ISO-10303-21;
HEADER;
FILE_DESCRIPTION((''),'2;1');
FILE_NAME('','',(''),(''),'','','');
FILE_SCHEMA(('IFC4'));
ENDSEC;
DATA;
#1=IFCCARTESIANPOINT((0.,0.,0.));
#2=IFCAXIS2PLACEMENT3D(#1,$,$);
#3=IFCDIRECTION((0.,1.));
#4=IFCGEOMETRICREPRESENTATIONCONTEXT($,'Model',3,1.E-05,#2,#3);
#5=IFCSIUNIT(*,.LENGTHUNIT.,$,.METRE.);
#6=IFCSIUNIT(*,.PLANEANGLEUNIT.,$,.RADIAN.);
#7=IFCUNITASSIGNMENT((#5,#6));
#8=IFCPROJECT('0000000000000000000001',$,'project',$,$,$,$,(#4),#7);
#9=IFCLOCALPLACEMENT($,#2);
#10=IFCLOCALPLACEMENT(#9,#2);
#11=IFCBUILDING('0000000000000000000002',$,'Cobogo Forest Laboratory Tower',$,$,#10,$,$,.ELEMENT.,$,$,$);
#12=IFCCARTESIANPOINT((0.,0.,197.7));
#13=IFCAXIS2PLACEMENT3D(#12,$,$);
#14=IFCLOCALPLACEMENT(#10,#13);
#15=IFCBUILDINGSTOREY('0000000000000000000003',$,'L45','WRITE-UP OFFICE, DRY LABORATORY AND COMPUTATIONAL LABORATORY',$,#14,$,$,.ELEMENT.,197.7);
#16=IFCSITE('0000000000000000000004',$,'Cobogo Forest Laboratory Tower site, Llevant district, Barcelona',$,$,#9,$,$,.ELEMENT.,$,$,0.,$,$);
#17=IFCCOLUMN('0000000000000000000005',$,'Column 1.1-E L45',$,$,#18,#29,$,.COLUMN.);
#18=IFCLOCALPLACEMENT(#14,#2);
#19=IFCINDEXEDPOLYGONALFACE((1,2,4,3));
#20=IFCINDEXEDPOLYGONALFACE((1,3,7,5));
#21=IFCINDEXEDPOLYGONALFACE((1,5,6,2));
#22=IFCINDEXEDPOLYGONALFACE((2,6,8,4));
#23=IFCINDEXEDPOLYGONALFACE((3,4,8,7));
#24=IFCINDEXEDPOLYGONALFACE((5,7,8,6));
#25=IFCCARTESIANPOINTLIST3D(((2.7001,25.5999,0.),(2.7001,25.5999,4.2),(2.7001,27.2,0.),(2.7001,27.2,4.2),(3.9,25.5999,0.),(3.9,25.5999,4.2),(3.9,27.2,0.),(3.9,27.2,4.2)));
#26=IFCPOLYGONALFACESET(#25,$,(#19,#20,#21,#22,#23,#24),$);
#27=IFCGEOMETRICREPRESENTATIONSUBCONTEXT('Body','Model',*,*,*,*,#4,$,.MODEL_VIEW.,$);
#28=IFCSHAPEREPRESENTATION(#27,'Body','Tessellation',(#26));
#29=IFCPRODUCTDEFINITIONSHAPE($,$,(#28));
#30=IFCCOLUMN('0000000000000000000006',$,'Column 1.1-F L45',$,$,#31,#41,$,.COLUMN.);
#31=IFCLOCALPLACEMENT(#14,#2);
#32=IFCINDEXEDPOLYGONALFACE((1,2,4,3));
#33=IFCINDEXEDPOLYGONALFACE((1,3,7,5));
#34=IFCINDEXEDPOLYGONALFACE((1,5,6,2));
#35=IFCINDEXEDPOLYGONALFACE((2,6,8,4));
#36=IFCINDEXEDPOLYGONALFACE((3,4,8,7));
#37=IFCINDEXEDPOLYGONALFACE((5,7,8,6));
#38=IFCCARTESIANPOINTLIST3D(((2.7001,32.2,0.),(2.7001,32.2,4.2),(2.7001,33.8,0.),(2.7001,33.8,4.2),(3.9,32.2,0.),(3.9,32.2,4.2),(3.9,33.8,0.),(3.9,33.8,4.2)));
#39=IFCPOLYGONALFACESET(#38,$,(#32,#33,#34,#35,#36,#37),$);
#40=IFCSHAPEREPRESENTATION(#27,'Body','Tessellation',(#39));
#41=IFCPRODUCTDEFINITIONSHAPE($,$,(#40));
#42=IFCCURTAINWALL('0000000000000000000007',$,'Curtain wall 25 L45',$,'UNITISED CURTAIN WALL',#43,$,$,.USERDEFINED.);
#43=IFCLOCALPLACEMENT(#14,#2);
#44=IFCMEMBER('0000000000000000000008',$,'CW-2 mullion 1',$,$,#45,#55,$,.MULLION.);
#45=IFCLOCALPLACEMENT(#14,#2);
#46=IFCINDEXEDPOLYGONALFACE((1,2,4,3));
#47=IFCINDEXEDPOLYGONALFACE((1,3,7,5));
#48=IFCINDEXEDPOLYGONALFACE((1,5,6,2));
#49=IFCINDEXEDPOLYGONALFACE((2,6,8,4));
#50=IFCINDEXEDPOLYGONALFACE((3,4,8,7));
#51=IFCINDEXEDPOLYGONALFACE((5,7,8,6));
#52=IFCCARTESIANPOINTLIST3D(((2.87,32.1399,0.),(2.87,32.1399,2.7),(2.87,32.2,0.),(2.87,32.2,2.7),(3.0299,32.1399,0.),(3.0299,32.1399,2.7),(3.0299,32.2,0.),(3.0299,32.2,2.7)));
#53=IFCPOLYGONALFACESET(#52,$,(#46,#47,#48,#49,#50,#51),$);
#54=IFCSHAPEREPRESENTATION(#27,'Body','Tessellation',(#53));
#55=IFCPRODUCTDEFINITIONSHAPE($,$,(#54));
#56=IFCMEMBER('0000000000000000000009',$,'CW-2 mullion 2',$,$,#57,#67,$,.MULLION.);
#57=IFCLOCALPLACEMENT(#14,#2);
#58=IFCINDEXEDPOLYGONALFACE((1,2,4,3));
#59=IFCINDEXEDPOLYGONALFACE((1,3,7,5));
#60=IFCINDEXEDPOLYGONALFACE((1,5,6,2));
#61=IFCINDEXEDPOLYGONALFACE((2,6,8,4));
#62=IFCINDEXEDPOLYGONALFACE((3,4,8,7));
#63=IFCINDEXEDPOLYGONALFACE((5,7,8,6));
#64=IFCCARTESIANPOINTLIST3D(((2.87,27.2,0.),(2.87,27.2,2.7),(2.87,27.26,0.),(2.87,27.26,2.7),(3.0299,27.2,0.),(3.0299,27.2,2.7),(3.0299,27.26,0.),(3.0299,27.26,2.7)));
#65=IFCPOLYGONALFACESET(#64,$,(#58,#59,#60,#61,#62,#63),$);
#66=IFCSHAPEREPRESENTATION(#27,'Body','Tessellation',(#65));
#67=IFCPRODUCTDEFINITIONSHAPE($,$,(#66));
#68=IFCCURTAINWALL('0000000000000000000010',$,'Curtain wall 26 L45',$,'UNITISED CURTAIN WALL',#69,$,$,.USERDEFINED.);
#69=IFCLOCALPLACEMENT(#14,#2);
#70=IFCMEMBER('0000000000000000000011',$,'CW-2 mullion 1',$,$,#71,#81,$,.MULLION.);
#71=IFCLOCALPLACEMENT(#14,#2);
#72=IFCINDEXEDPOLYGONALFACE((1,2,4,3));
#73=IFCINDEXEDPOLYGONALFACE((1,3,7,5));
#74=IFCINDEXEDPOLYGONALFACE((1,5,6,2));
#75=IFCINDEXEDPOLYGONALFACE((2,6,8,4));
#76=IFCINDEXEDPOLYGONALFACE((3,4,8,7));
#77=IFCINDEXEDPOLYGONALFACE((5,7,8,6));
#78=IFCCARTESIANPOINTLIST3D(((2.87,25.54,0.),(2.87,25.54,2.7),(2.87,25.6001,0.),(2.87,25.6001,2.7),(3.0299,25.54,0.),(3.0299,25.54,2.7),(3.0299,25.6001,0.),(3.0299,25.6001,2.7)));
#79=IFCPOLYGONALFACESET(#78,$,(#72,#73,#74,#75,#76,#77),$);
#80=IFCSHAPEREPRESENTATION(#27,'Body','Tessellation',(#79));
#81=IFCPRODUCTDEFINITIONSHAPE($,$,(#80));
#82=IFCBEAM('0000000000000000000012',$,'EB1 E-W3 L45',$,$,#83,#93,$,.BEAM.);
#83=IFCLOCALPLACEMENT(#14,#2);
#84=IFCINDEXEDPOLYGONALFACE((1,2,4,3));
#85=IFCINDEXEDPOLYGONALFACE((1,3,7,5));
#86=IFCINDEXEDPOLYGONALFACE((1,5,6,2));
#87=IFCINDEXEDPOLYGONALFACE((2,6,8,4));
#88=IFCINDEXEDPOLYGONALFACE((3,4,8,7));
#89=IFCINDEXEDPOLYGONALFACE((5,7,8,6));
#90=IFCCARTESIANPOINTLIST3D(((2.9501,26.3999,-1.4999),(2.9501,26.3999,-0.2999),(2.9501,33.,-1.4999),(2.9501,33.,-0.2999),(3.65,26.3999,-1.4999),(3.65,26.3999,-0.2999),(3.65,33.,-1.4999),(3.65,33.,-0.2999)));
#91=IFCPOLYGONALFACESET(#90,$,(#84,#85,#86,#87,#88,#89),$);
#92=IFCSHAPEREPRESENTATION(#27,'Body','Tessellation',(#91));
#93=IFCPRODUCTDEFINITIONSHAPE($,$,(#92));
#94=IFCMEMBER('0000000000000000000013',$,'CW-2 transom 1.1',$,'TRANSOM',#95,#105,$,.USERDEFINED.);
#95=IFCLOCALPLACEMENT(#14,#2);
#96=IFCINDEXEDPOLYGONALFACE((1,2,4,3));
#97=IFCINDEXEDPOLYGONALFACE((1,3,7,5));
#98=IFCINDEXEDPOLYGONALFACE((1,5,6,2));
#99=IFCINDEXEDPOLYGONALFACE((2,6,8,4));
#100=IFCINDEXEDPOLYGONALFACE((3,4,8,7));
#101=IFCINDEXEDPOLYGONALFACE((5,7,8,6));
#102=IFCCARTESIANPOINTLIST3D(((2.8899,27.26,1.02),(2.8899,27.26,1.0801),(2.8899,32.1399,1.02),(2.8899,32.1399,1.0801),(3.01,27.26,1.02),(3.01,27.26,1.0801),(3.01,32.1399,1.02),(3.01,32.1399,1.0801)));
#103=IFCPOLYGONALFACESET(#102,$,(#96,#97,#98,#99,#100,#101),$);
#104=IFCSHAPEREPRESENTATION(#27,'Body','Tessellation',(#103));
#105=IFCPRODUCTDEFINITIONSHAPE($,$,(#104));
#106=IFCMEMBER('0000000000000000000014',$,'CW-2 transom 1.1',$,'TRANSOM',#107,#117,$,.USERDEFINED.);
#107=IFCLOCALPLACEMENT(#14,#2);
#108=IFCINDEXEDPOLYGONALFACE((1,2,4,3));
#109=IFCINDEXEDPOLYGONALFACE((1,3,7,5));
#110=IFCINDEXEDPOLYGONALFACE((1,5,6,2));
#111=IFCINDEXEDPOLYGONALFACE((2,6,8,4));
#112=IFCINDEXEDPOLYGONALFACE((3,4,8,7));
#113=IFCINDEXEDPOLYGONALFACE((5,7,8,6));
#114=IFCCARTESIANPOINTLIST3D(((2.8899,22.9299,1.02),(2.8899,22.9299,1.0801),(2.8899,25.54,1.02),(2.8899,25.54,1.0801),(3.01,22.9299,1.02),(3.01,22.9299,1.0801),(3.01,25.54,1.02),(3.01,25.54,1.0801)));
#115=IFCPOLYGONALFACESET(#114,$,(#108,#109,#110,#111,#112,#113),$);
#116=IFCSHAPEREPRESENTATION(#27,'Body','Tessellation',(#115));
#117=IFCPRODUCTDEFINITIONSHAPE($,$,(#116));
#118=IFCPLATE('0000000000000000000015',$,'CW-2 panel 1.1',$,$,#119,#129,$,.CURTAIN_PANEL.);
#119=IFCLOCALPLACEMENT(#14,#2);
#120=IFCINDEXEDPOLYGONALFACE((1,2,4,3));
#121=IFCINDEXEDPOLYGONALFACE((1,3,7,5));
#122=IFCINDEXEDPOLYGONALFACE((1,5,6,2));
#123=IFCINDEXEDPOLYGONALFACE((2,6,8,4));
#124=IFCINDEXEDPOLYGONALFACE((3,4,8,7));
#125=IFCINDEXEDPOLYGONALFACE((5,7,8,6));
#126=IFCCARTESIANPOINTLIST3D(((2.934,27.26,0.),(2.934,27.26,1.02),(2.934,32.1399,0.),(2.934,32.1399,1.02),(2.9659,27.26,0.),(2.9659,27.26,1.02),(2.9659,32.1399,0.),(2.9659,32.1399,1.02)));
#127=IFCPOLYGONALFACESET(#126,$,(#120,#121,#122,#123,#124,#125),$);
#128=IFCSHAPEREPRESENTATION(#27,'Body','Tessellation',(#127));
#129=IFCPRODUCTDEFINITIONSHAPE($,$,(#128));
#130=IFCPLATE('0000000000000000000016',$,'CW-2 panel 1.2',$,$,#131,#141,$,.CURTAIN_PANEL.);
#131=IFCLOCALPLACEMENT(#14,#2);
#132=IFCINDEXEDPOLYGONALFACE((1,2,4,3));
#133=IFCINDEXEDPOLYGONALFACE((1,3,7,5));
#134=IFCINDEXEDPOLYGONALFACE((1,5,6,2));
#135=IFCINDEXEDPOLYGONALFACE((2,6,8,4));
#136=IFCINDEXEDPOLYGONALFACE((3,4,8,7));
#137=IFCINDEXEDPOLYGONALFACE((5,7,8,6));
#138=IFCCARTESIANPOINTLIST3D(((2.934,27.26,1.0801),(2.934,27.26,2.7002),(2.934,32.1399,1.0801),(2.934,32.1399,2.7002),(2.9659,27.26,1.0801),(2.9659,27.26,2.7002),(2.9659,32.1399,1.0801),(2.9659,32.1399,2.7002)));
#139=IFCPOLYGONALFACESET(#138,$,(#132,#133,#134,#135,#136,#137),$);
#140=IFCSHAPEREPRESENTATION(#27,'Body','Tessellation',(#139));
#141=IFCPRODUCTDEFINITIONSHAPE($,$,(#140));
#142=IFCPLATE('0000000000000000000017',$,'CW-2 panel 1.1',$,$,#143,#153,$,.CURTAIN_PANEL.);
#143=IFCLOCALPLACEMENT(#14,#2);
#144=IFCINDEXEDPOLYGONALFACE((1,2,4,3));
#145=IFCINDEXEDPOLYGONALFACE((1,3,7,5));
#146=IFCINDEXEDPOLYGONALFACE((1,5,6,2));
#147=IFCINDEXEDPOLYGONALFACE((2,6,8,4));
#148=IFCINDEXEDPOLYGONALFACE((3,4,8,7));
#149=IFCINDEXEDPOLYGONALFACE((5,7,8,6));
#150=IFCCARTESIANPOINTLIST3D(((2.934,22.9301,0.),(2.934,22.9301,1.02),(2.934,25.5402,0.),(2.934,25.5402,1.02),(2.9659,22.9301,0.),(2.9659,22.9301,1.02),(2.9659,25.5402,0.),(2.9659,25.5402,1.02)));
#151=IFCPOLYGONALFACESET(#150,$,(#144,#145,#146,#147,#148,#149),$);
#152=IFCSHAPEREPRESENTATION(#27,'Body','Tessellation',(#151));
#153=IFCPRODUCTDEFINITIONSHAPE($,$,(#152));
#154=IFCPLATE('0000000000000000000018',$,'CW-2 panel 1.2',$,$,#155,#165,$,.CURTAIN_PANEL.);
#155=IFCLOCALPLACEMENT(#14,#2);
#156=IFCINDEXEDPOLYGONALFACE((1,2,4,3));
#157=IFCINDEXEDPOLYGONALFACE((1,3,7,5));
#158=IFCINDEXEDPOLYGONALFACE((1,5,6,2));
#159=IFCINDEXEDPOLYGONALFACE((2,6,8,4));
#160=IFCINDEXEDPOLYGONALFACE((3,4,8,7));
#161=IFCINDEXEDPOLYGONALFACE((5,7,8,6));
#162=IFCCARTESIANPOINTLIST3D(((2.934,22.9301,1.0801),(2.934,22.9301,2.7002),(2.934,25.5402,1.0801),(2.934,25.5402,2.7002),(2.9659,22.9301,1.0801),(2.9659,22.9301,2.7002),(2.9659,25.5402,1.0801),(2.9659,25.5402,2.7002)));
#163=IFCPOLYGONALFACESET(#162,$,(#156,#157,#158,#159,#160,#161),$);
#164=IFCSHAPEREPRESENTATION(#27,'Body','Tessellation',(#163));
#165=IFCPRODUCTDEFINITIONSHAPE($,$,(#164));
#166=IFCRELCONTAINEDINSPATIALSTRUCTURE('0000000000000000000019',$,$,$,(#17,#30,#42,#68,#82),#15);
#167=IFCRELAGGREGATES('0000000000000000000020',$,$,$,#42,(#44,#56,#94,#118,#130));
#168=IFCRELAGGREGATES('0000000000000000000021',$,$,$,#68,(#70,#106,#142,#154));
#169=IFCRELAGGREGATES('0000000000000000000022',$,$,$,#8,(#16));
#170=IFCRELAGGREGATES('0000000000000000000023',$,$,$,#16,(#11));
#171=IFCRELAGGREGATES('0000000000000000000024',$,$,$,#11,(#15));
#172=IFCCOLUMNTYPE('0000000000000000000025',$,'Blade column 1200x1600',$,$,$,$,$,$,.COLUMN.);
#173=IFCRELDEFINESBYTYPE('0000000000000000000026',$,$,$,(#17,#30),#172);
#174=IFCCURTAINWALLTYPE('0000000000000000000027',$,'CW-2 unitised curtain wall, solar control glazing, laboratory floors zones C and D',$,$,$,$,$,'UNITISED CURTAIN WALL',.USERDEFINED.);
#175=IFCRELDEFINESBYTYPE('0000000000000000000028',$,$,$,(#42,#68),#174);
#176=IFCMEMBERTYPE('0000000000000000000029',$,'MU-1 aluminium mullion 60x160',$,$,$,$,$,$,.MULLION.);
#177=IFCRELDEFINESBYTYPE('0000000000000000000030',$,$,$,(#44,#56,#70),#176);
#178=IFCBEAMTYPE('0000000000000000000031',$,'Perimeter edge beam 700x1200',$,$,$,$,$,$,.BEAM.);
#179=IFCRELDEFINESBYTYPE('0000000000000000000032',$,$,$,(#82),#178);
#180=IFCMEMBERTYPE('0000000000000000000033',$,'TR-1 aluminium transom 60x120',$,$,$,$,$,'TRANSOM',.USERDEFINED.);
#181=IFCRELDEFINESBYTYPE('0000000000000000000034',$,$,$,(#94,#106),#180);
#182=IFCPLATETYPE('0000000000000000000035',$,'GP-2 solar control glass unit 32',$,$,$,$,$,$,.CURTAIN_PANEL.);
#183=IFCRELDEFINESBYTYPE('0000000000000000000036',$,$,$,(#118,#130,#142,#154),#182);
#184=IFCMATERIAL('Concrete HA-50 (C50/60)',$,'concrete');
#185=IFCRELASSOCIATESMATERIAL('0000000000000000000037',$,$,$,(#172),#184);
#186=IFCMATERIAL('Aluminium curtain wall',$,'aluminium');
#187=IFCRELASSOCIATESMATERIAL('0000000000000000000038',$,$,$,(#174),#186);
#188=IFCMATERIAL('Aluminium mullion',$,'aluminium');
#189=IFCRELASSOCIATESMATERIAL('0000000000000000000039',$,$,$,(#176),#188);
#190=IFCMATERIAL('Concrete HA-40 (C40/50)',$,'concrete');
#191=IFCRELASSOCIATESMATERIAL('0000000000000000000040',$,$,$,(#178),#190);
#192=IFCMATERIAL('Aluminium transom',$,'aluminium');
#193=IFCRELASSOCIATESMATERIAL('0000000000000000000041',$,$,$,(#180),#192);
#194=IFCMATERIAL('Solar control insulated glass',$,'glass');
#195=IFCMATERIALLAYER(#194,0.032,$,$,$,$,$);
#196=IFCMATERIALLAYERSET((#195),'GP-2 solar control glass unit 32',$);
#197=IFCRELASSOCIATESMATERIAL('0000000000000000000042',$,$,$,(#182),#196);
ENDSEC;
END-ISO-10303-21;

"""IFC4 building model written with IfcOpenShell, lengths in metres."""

from ifc_helpers import new_model, si_unit, direction, frame, origin, origin_2d, place, context, subcontext, project, spatial, rectangle, extrude, material, layer, layer_set, material_profile, profile_set, type_object, element, aggregate, save


model = new_model("IFC4")

# Units and contexts
model_context = context("Model", 3, precision=1e-05, world=origin(), true_north=direction((0.0, 1.0)))
body_context = subcontext(model_context, "Body", "Model", "MODEL_VIEW")
ifc_project = project(units=[si_unit("LENGTHUNIT", "METRE"), si_unit("PLANEANGLEUNIT", "RADIAN")], contexts=[model_context])

# Site, building, storey
site_placement = place(None, origin())
site = spatial("IfcSite", under=ifc_project, at=site_placement, Name="Cobogo Forest Laboratory Tower site, Llevant district, Barcelona", CompositionType="ELEMENT", RefElevation=0.0)
building_placement = place(site_placement, origin())
building = spatial("IfcBuilding", under=site, at=building_placement, Name="Cobogo Forest Laboratory Tower", CompositionType="ELEMENT")
storey_placement = place(building_placement, frame((0.0, 0.0, 197.7)))
storey = spatial("IfcBuildingStorey", under=building, at=storey_placement, Name="L45", Description="WRITE-UP OFFICE, DRY LABORATORY AND COMPUTATIONAL LABORATORY", CompositionType="ELEMENT", Elevation=197.7)

# Columns
ifc_material_1 = material(Name="Concrete HA-50 (C50/60)", Category="concrete")
ifc_material_profile_1 = material_profile(ifc_material_1, rectangle(XDim=1.6001, YDim=1.2, at=origin_2d()), Name="RC 1200x1600")
ifc_profile_set_1 = profile_set([ifc_material_profile_1], Name="Concrete HA-50 (C50/60)")
column_type = type_object("IfcColumnType", Name="Blade column 1200x1600", PredefinedType="COLUMN", material=ifc_profile_set_1)
for number, where, z_axis, x_axis, name in (
    (1, (3.3, 26.3999, 0.0), (0.0, 0.0, 1.0), (0.0, 1.0, 0.0), "Column 1.1-E L45"),
    (2, (3.3, 33.0, 0.0), (0.0, 0.0, 1.0), (0.0, 1.0, 0.0), "Column 1.1-F L45"),
):
    element("IfcColumn", number, at=place(storey_placement, frame(where, z_axis=z_axis, x_axis=x_axis)), inside=storey, type_object=column_type, Name=name, PredefinedType="COLUMN", context=body_context, shape_type="SweptSolid", body=[
        extrude(rectangle(XDim=1.6001, YDim=1.2, at=origin_2d()), origin(), (0.0, 0.0, 1.0), 4.2),
    ])

# Curtain wall, members
ifc_material_2 = material(Name="Aluminium curtain wall", Category="aluminium")
curtain_wall_type = type_object("IfcCurtainWallType", Name="CW-2 unitised curtain wall, solar control glazing, laboratory floors zones C and D", ElementType="UNITISED CURTAIN WALL", PredefinedType="USERDEFINED", material=ifc_material_2)
curtain_wall_1_placement = place(storey_placement, origin())
curtain_wall_1 = element("IfcCurtainWall", 3, at=curtain_wall_1_placement, inside=storey, type_object=curtain_wall_type, Name="Curtain wall 25 L45", ObjectType="UNITISED CURTAIN WALL", PredefinedType="USERDEFINED")
ifc_material_3 = material(Name="Aluminium mullion", Category="aluminium")
ifc_material_profile_2 = material_profile(ifc_material_3, rectangle(XDim=0.0601, YDim=0.1599, at=origin_2d()), Name="AL 60x160")
ifc_profile_set_2 = profile_set([ifc_material_profile_2], Name="Aluminium mullion")
member_type_1 = type_object("IfcMemberType", Name="MU-1 aluminium mullion 60x160", PredefinedType="MULLION", material=ifc_profile_set_2)
member_1_placement = place(storey_placement, frame((2.95, 32.1699, 0.0), z_axis=(0.0, 0.0, 1.0), x_axis=(0.0, -1.0, 0.0)))
member_1 = element("IfcMember", 4, at=member_1_placement, type_object=member_type_1, Name="CW-2 mullion 1", PredefinedType="MULLION", context=body_context, shape_type="SweptSolid", body=[
    extrude(rectangle(XDim=0.0601, YDim=0.1599, at=origin_2d()), origin(), (0.0, 0.0, 1.0), 2.7),
])
member_2_placement = place(storey_placement, frame((2.95, 27.23, 0.0), z_axis=(0.0, 0.0, 1.0), x_axis=(0.0, -1.0, 0.0)))
member_2 = element("IfcMember", 5, at=member_2_placement, type_object=member_type_1, Name="CW-2 mullion 2", PredefinedType="MULLION", context=body_context, shape_type="SweptSolid", body=[
    extrude(rectangle(XDim=0.0601, YDim=0.1599, at=origin_2d()), origin(), (0.0, 0.0, 1.0), 2.7),
])

# Curtain wall, member
curtain_wall_2_placement = place(storey_placement, origin())
curtain_wall_2 = element("IfcCurtainWall", 6, at=curtain_wall_2_placement, inside=storey, type_object=curtain_wall_type, Name="Curtain wall 26 L45", ObjectType="UNITISED CURTAIN WALL", PredefinedType="USERDEFINED")
member_3_placement = place(storey_placement, frame((2.95, 25.5701, 0.0), z_axis=(0.0, 0.0, 1.0), x_axis=(0.0, -1.0, 0.0)))
member_3 = element("IfcMember", 7, at=member_3_placement, type_object=member_type_1, Name="CW-2 mullion 1", PredefinedType="MULLION", context=body_context, shape_type="SweptSolid", body=[
    extrude(rectangle(XDim=0.0601, YDim=0.1599, at=origin_2d()), origin(), (0.0, 0.0, 1.0), 2.7),
])

# Beam
ifc_material_4 = material(Name="Concrete HA-40 (C40/50)", Category="concrete")
ifc_material_profile_3 = material_profile(ifc_material_4, rectangle(XDim=0.7, YDim=1.2, at=origin_2d()), Name="RC 700x1200")
ifc_profile_set_3 = profile_set([ifc_material_profile_3], Name="Concrete HA-40 (C40/50)")
beam_type = type_object("IfcBeamType", Name="Perimeter edge beam 700x1200", PredefinedType="BEAM", material=ifc_profile_set_3)
beam_placement = place(storey_placement, frame((3.3, 26.3999, -0.8999), z_axis=(0.0, 1.0, 0.0), x_axis=(-1.0, 0.0, 0.0)))
element("IfcBeam", 8, at=beam_placement, inside=storey, type_object=beam_type, Name="EB1 E-W3 L45", PredefinedType="BEAM", context=body_context, shape_type="SweptSolid", body=[
    extrude(rectangle(XDim=0.7, YDim=1.2, at=origin_2d()), origin(), (0.0, 0.0, 1.0), 6.6001),
])

# Members
ifc_material_5 = material(Name="Aluminium transom", Category="aluminium")
ifc_material_profile_4 = material_profile(ifc_material_5, rectangle(XDim=0.1201, YDim=0.0601, at=origin_2d()), Name="AL 60x120")
ifc_profile_set_4 = profile_set([ifc_material_profile_4], Name="Aluminium transom")
member_type_2 = type_object("IfcMemberType", Name="TR-1 aluminium transom 60x120", ElementType="TRANSOM", PredefinedType="USERDEFINED", material=ifc_profile_set_4)
member_4_placement = place(storey_placement, frame((2.95, 32.1399, 1.05), z_axis=(0.0, -1.0, 0.0), x_axis=(1.0, 0.0, 0.0)))
member_4 = element("IfcMember", 9, at=member_4_placement, type_object=member_type_2, Name="CW-2 transom 1.1", ObjectType="TRANSOM", PredefinedType="USERDEFINED", context=body_context, shape_type="SweptSolid", body=[
    extrude(rectangle(XDim=0.1201, YDim=0.0601, at=origin_2d()), origin(), (0.0, 0.0, 1.0), 4.8799),
])
member_5_placement = place(storey_placement, frame((2.95, 25.54, 1.05), z_axis=(0.0, -1.0, 0.0), x_axis=(1.0, 0.0, 0.0)))
member_5 = element("IfcMember", 10, at=member_5_placement, type_object=member_type_2, Name="CW-2 transom 1.1", ObjectType="TRANSOM", PredefinedType="USERDEFINED", context=body_context, shape_type="SweptSolid", body=[
    extrude(rectangle(XDim=0.1201, YDim=0.0601, at=origin_2d()), origin(), (0.0, 0.0, 1.0), 2.6101),
])

# Plates
ifc_material_6 = material(Name="Solar control insulated glass", Category="glass")
ifc_layer = layer(ifc_material_6, 0.032)
ifc_layer_set = layer_set([ifc_layer], Name="GP-2 solar control glass unit 32")
plate_type_1 = type_object("IfcPlateType", Name="GP-2 solar control glass unit 32", PredefinedType="CURTAIN_PANEL", material=ifc_layer_set)
plate_1_placement = place(storey_placement, frame((2.95, 29.7, 0.0), z_axis=(0.0, 0.0, 1.0), x_axis=(0.0, -1.0, 0.0)))
plate_1 = element("IfcPlate", 11, at=plate_1_placement, type_object=plate_type_1, Name="CW-2 panel 1.1", PredefinedType="CURTAIN_PANEL", context=body_context, shape_type="SweptSolid", body=[
    extrude(rectangle(XDim=4.8799, YDim=0.032, at=origin_2d()), origin(), (0.0, 0.0, 1.0), 1.02),
])
plate_2_placement = place(storey_placement, frame((2.95, 29.7, 1.0801), z_axis=(0.0, 0.0, 1.0), x_axis=(0.0, -1.0, 0.0)))
plate_2 = element("IfcPlate", 12, at=plate_2_placement, type_object=plate_type_1, Name="CW-2 panel 1.2", PredefinedType="CURTAIN_PANEL", context=body_context, shape_type="SweptSolid", body=[
    extrude(rectangle(XDim=4.8799, YDim=0.032, at=origin_2d()), origin(), (0.0, 0.0, 1.0), 1.6201),
])
aggregate(curtain_wall_1, [member_1, member_2, member_4, plate_1, plate_2])
plate_3_placement = place(storey_placement, frame((2.95, 24.2351, 0.0), z_axis=(0.0, 0.0, 1.0), x_axis=(0.0, -1.0, 0.0)))
plate_3 = element("IfcPlate", 13, at=plate_3_placement, type_object=plate_type_1, Name="CW-2 panel 1.1", PredefinedType="CURTAIN_PANEL", context=body_context, shape_type="SweptSolid", body=[
    extrude(rectangle(XDim=2.6101, YDim=0.032, at=origin_2d()), origin(), (0.0, 0.0, 1.0), 1.02),
])
plate_4_placement = place(storey_placement, frame((2.95, 24.2351, 1.0801), z_axis=(0.0, 0.0, 1.0), x_axis=(0.0, -1.0, 0.0)))
plate_4 = element("IfcPlate", 14, at=plate_4_placement, type_object=plate_type_1, Name="CW-2 panel 1.2", PredefinedType="CURTAIN_PANEL", context=body_context, shape_type="SweptSolid", body=[
    extrude(rectangle(XDim=2.6101, YDim=0.032, at=origin_2d()), origin(), (0.0, 0.0, 1.0), 1.6201),
])
aggregate(curtain_wall_2, [member_3, member_5, plate_3, plate_4])

save(model, "model.ifc")
